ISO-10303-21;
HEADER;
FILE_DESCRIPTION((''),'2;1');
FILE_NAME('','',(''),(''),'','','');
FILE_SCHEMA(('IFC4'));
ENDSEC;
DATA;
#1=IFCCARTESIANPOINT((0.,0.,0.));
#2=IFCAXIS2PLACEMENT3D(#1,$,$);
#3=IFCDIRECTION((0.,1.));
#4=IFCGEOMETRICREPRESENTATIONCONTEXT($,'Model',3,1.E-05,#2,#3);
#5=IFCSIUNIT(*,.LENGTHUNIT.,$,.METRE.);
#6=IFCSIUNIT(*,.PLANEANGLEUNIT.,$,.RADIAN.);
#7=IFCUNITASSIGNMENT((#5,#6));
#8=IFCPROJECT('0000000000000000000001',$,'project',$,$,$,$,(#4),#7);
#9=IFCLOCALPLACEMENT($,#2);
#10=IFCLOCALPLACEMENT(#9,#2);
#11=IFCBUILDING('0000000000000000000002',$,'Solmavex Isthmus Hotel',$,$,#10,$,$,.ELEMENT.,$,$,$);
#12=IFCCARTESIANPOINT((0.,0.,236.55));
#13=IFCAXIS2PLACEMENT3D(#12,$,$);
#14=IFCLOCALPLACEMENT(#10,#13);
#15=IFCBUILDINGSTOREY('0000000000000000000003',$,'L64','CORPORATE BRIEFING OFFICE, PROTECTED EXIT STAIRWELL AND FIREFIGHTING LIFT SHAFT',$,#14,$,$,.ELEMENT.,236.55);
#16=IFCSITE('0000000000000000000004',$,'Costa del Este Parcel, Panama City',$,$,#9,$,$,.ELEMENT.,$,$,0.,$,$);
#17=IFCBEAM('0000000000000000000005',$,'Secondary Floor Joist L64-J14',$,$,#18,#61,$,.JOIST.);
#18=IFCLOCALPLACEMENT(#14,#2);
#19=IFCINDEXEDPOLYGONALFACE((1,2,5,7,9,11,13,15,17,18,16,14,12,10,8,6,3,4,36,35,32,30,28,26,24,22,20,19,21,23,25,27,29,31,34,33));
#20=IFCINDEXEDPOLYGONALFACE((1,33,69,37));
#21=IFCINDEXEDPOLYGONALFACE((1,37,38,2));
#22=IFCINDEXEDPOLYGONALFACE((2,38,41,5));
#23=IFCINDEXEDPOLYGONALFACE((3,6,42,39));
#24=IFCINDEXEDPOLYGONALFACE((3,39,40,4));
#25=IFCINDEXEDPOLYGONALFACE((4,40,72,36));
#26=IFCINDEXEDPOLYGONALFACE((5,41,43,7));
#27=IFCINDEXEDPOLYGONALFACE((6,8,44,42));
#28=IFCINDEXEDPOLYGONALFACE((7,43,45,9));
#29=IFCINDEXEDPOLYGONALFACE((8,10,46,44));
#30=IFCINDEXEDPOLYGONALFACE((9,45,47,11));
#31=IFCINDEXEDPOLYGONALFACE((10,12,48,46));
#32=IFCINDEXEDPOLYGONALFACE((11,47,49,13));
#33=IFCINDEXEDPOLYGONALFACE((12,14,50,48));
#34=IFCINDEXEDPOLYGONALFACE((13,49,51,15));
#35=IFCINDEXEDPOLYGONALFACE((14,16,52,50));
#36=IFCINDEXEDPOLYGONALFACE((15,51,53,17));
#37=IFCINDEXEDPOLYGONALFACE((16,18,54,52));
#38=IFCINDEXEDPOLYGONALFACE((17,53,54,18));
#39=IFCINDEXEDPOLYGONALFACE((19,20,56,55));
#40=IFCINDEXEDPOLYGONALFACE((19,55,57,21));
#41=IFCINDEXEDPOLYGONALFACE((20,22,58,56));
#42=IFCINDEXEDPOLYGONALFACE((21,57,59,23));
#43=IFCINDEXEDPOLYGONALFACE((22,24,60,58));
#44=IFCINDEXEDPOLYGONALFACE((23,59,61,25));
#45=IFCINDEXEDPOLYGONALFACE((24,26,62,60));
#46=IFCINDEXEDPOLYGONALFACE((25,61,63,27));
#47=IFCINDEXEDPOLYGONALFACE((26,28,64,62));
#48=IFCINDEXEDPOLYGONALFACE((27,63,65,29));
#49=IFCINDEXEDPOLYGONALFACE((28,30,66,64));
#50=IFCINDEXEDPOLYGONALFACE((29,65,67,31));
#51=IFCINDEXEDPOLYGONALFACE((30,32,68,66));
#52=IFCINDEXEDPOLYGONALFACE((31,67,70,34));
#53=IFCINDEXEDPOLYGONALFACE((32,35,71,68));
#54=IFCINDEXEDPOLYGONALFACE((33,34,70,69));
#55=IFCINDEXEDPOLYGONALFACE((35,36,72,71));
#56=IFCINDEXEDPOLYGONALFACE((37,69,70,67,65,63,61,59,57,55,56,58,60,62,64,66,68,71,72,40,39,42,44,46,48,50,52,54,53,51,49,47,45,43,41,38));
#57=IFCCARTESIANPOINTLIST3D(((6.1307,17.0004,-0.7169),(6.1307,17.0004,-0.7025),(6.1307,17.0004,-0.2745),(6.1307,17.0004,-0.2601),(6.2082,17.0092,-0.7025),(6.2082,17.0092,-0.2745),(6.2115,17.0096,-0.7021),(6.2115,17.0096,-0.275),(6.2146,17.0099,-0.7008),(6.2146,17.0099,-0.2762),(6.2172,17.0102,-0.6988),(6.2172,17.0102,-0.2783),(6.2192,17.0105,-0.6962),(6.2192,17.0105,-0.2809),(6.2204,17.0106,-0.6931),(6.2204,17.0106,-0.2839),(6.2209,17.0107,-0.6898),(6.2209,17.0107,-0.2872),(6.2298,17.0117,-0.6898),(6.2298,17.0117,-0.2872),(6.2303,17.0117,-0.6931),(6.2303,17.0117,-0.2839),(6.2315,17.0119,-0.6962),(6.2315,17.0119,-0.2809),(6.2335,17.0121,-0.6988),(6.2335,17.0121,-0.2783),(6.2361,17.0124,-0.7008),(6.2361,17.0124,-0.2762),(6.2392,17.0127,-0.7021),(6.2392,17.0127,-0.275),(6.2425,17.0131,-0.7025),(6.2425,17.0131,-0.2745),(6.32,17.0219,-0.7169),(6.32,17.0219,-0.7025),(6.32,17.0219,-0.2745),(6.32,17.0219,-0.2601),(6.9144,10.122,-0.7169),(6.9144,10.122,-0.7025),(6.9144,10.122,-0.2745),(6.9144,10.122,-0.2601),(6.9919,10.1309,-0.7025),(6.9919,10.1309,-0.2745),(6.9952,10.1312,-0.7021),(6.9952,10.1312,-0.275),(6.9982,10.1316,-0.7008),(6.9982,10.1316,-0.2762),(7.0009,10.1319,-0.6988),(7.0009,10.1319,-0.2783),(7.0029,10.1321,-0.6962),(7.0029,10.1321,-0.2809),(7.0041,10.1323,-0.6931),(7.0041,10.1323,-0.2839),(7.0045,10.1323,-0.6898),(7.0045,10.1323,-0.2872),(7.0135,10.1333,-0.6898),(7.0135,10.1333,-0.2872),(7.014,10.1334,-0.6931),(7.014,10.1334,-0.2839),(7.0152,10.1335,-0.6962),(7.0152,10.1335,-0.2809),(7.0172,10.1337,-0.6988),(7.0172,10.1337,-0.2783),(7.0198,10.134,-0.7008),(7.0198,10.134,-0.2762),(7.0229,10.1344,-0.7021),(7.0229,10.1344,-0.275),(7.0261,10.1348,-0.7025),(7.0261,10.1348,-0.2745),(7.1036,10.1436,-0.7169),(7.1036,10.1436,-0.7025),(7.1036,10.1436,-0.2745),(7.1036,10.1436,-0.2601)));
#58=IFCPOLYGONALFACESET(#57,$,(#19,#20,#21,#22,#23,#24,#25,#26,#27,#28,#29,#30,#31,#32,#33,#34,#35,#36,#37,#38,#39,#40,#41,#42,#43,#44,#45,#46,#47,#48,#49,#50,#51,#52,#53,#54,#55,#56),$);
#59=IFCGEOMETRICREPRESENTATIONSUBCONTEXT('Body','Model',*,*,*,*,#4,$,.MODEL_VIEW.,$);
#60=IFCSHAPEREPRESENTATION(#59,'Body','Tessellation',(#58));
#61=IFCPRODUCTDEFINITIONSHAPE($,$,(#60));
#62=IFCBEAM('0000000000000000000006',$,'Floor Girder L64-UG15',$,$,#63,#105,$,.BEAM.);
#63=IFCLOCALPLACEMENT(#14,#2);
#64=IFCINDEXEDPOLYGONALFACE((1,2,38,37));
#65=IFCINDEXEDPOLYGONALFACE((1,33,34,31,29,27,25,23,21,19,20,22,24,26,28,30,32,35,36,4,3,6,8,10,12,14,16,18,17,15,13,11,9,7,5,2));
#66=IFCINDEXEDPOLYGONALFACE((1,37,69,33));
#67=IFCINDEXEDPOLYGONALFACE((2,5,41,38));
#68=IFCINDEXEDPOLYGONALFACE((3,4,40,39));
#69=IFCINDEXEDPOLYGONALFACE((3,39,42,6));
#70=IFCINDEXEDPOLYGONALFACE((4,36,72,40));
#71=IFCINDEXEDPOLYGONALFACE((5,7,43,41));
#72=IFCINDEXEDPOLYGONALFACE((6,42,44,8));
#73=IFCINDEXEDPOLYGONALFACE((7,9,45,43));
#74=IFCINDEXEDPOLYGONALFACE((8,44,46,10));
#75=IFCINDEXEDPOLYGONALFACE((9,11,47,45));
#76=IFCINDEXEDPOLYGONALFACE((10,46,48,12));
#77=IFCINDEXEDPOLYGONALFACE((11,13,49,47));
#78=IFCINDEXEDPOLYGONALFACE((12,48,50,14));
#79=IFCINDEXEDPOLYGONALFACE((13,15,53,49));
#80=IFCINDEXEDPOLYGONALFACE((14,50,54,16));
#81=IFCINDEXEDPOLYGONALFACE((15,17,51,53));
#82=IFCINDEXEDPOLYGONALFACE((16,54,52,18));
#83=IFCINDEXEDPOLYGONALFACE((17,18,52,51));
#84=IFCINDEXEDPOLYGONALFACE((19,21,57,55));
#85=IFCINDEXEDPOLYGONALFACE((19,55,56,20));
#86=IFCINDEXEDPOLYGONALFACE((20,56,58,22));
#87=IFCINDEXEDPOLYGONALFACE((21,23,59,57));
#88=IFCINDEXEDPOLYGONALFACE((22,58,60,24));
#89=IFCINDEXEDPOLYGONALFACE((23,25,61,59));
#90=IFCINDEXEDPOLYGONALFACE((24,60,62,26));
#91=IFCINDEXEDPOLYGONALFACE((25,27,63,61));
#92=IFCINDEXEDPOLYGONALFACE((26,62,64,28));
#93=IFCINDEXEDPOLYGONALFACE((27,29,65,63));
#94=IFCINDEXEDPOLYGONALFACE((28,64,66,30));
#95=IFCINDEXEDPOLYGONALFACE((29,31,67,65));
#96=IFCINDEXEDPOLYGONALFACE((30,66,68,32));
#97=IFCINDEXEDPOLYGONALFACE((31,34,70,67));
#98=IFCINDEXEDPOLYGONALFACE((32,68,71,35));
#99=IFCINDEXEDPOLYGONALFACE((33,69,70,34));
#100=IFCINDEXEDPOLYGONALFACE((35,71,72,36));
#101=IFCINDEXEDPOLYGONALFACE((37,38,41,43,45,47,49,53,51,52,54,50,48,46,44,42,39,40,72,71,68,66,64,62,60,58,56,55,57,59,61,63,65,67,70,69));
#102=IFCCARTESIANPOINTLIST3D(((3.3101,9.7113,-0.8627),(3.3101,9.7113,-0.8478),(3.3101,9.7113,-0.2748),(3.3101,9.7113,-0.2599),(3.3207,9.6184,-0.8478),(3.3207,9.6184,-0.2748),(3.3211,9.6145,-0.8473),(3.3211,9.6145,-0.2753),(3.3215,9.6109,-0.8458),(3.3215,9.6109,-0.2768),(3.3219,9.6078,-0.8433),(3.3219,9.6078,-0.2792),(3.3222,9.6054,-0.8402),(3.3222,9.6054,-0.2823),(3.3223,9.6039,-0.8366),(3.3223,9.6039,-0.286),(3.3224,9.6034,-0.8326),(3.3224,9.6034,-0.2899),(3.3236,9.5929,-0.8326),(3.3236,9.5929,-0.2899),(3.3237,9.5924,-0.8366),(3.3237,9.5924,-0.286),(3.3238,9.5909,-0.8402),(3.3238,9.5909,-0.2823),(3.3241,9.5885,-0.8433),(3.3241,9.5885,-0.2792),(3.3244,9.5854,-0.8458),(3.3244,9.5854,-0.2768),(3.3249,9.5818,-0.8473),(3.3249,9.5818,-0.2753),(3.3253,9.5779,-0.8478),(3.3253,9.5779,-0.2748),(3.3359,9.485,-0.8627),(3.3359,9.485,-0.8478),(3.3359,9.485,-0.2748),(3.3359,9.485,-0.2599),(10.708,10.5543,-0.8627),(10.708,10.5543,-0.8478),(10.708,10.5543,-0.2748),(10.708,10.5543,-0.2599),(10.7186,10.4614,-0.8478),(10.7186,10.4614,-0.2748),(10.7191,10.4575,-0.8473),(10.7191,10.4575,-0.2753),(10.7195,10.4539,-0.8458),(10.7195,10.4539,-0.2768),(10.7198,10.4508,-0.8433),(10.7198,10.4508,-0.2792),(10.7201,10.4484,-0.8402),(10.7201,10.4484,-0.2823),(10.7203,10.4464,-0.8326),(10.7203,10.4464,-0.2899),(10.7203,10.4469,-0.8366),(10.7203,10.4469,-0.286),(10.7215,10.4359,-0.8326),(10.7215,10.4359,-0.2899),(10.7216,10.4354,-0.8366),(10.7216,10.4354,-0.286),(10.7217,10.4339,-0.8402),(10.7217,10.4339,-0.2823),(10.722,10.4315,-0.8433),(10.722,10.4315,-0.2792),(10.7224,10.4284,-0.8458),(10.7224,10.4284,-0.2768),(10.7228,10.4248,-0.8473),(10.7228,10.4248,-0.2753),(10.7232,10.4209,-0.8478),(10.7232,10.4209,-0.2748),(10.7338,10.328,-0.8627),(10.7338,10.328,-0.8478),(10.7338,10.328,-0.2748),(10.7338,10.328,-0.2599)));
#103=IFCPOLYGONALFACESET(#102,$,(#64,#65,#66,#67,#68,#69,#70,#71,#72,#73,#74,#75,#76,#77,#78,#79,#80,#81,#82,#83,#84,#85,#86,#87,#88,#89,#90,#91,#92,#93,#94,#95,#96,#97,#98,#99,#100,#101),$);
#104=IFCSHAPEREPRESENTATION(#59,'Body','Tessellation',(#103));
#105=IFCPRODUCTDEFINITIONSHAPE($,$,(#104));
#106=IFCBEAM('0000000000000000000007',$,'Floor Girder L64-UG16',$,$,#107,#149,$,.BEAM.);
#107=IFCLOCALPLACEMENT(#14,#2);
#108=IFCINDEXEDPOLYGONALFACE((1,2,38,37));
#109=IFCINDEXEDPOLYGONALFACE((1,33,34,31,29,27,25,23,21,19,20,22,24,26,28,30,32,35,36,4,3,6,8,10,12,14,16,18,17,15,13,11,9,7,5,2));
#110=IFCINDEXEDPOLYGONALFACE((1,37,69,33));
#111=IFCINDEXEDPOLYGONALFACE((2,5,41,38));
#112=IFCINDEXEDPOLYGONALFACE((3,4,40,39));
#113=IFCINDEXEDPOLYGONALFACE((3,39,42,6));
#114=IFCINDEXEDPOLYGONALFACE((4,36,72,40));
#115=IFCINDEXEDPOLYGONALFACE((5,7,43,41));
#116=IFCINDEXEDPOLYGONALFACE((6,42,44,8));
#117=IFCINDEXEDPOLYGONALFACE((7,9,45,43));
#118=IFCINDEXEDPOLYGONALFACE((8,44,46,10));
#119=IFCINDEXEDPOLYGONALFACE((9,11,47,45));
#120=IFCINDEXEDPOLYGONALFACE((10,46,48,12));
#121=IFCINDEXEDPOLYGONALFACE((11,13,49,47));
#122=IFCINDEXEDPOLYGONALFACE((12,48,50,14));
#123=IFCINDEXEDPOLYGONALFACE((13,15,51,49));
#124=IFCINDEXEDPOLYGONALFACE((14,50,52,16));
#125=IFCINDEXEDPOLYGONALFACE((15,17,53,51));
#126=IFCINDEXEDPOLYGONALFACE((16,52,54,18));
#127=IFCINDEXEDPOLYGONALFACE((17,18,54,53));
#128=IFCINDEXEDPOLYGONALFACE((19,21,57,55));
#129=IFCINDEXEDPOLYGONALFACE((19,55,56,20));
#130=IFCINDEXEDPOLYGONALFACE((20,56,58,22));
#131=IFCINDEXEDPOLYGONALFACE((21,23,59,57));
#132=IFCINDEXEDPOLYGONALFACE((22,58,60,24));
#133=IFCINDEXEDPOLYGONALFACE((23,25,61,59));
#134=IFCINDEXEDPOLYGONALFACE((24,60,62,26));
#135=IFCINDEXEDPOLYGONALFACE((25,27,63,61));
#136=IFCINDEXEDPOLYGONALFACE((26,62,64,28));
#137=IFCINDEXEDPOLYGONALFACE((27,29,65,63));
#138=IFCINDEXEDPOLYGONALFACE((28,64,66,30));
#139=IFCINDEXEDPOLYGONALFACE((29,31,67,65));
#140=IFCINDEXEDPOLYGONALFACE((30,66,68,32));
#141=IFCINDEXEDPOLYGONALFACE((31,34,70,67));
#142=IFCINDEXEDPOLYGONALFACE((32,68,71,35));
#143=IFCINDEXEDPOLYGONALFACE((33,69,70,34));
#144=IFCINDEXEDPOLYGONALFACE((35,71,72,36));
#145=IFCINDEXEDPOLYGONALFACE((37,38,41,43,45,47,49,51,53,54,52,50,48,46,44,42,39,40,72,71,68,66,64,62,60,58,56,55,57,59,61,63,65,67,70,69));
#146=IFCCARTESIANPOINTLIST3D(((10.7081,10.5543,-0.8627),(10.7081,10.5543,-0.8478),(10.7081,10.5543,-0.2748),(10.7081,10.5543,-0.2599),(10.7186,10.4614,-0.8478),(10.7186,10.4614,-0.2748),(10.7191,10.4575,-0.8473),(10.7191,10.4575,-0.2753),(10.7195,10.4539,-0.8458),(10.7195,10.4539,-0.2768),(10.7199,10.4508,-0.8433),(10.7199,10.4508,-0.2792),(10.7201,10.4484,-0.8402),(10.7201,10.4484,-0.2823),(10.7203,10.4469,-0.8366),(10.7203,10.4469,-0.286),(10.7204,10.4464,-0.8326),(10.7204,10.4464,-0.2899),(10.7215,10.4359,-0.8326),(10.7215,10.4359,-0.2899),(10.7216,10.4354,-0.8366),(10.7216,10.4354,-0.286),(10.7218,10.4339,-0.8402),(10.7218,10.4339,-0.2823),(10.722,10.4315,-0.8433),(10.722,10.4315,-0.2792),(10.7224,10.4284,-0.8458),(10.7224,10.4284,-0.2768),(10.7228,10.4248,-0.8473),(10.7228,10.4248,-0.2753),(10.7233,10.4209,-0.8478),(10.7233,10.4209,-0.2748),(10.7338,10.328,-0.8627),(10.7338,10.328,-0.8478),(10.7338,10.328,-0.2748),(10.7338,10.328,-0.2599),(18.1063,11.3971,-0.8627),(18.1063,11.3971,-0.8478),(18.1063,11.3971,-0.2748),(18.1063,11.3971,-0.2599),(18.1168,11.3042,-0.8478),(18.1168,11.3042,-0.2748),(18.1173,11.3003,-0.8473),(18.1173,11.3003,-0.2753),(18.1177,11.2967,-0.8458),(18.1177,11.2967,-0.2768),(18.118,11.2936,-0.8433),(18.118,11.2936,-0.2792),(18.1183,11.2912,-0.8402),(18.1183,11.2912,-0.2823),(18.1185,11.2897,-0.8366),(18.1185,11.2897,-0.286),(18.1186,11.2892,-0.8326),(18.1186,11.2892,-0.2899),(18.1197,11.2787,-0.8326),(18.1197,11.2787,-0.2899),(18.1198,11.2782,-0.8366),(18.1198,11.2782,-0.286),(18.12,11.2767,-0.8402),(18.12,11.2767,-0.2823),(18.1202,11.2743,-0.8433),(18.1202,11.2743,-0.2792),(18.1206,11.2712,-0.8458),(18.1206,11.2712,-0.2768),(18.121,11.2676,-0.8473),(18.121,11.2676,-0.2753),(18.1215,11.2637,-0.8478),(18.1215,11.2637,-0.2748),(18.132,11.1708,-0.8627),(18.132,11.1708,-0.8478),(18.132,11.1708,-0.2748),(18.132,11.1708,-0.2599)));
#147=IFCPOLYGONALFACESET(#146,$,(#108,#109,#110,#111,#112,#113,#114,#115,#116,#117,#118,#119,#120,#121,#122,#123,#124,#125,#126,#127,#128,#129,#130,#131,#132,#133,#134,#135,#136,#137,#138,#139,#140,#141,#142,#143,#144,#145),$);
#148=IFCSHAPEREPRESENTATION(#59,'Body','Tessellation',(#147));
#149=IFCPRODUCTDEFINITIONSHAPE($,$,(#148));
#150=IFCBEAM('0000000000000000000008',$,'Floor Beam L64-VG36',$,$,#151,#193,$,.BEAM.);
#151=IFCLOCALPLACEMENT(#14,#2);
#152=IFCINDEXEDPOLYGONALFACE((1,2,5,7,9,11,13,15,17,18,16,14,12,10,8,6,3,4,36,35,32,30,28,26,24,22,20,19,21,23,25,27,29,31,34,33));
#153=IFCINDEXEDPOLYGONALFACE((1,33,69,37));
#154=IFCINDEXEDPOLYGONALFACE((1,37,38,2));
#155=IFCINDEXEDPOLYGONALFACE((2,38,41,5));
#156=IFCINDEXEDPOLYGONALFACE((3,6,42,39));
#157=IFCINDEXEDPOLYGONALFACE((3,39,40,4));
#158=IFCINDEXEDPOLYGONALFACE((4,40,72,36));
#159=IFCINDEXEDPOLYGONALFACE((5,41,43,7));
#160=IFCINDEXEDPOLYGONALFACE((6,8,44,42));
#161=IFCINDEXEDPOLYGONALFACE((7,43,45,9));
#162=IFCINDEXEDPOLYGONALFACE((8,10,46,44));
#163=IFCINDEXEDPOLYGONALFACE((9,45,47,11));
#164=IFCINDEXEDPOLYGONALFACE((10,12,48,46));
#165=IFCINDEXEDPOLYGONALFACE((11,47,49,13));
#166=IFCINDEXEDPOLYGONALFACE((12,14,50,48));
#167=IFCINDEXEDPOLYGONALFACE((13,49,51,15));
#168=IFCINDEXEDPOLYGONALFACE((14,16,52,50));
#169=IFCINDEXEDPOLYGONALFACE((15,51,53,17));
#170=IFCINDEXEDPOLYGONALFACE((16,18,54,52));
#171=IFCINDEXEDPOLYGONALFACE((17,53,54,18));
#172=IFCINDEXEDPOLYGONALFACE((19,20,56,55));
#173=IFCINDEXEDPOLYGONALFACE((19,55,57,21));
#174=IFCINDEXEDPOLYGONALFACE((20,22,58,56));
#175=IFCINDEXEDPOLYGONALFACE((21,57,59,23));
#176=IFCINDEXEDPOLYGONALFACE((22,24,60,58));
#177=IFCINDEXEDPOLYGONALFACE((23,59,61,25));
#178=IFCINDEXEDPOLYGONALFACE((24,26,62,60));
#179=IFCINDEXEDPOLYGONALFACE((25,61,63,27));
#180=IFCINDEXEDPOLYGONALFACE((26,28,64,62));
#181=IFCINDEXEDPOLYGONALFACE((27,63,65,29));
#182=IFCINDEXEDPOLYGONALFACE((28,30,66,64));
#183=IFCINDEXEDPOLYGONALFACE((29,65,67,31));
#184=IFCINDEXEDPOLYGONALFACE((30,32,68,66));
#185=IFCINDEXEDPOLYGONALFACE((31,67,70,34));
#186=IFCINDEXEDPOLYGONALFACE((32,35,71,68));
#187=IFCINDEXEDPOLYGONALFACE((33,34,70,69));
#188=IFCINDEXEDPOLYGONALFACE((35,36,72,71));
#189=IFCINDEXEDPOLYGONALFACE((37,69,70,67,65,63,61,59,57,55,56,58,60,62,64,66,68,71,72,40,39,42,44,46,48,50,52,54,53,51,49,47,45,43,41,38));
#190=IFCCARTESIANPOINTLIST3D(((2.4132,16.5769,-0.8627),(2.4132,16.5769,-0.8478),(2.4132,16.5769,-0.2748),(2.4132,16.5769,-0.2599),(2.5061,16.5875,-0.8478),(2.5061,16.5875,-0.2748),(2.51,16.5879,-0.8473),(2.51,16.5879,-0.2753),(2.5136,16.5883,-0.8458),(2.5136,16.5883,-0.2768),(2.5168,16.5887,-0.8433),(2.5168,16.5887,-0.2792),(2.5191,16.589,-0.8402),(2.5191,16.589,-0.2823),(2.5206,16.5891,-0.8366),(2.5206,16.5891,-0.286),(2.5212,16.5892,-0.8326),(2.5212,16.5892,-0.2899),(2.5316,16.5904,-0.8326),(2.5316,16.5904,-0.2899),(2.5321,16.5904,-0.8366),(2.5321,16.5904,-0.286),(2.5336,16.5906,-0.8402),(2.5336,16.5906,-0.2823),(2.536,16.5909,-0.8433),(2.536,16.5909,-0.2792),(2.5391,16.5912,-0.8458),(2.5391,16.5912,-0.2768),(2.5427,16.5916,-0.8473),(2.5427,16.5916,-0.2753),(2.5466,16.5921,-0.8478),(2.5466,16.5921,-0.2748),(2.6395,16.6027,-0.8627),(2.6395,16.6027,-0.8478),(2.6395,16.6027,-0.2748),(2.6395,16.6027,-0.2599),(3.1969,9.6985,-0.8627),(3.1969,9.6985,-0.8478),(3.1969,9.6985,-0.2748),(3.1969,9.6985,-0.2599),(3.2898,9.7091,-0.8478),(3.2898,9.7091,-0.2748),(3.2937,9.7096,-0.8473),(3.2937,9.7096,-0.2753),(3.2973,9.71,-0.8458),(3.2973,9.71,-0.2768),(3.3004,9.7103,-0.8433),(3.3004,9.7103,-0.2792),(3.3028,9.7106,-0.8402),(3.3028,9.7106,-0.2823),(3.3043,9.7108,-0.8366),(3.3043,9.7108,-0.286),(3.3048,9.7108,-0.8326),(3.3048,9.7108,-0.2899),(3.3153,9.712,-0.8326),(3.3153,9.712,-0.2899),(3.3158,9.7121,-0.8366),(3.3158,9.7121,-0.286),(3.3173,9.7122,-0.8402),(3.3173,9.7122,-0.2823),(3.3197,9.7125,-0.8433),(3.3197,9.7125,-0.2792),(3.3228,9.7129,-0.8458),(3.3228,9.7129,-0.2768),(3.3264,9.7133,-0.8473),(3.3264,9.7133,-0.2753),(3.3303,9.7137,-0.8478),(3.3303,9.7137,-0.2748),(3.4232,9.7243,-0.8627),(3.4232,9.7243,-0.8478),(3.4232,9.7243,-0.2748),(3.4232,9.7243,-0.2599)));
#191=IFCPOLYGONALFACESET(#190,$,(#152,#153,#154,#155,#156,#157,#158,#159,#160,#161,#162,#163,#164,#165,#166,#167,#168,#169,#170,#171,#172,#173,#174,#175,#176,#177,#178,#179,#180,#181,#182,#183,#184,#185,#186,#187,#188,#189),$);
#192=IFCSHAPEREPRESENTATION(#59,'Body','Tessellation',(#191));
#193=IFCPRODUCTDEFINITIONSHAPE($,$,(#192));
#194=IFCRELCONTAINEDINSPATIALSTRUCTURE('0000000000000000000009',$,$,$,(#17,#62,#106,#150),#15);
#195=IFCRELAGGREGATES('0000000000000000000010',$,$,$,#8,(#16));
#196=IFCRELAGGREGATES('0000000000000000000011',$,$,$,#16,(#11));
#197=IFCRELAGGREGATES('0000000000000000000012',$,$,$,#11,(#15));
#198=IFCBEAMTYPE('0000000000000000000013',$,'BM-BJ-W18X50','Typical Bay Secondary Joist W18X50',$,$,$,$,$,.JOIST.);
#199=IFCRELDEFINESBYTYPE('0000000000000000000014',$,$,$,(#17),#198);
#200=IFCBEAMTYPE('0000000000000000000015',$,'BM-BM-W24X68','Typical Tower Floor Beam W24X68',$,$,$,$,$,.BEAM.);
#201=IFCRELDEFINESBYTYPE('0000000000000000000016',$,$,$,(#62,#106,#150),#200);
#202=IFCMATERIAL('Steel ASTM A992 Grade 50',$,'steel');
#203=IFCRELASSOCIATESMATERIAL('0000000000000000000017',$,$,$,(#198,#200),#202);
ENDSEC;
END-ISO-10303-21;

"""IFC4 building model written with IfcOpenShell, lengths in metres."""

from ifc_helpers import new_model, si_unit, direction, frame, origin, origin_2d, place, context, subcontext, project, spatial, i_section, extrude, material, material_profile, profile_set, type_object, element, save


model = new_model("IFC4")

# Units and contexts
model_context = context("Model", 3, precision=1e-05, world=origin(), true_north=direction((0.0, 1.0)))
body_context = subcontext(model_context, "Body", "Model", "MODEL_VIEW")
ifc_project = project(units=[si_unit("LENGTHUNIT", "METRE"), si_unit("PLANEANGLEUNIT", "RADIAN")], contexts=[model_context])

# Site, building, storey
site_placement = place(None, origin())
site = spatial("IfcSite", under=ifc_project, at=site_placement, Name="Costa del Este Parcel, Panama City", CompositionType="ELEMENT", RefElevation=0.0)
building_placement = place(site_placement, origin())
building = spatial("IfcBuilding", under=site, at=building_placement, Name="Solmavex Isthmus Hotel", CompositionType="ELEMENT")
storey_placement = place(building_placement, frame((0.0, 0.0, 236.55)))
storey = spatial("IfcBuildingStorey", under=building, at=storey_placement, Name="L64", Description="CORPORATE BRIEFING OFFICE, PROTECTED EXIT STAIRWELL AND FIREFIGHTING LIFT SHAFT", CompositionType="ELEMENT", Elevation=236.55)

# Beams
ifc_material_1 = material(Name="Steel ASTM A992 Grade 50", Category="steel")
ifc_material_profile_1 = material_profile(ifc_material_1, i_section(OverallWidth=0.1904, OverallDepth=0.4568, WebThickness=0.009, FlangeThickness=0.0144, FilletRadius=0.0127, at=origin_2d()), Name="W18X50")
ifc_profile_set_1 = profile_set([ifc_material_profile_1], Name="Steel ASTM A992 Grade 50")
beam_type_1 = type_object("IfcBeamType", Name="BM-BJ-W18X50", Description="Typical Bay Secondary Joist W18X50", PredefinedType="JOIST", material=ifc_profile_set_1)
beam_1_placement = place(storey_placement, frame((7.009, 10.1328, -0.4885), z_axis=(-0.113202, 0.993572, 0.0), x_axis=(-0.993572, -0.113202, 0.0)))
element("IfcBeam", 1, at=beam_1_placement, inside=storey, type_object=beam_type_1, Name="Secondary Floor Joist L64-J14", PredefinedType="JOIST", context=body_context, shape_type="SweptSolid", body=[
    extrude(i_section(OverallWidth=0.1904, OverallDepth=0.4568, WebThickness=0.009, FlangeThickness=0.0144, FilletRadius=0.0127, at=origin_2d()), origin(), (0.0, 0.0, 1.0), 6.9229),
])
ifc_material_profile_2 = material_profile(ifc_material_1, i_section(OverallWidth=0.2278, OverallDepth=0.6028, WebThickness=0.0105, FlangeThickness=0.0149, FilletRadius=0.0151, at=origin_2d()), Name="W24X68")
ifc_profile_set_2 = profile_set([ifc_material_profile_2], Name="Steel ASTM A992 Grade 50")
beam_type_2 = type_object("IfcBeamType", Name="BM-BM-W24X68", Description="Typical Tower Floor Beam W24X68", PredefinedType="BEAM", material=ifc_profile_set_2)
beam_2_placement = place(storey_placement, frame((3.323, 9.5981, -0.5613), z_axis=(0.99357, 0.11322, 0.0), x_axis=(-0.11322, 0.99357, 0.0)))
element("IfcBeam", 2, at=beam_2_placement, inside=storey, type_object=beam_type_2, Name="Floor Girder L64-UG15", PredefinedType="BEAM", context=body_context, shape_type="SweptSolid", body=[
    extrude(i_section(OverallWidth=0.2278, OverallDepth=0.6028, WebThickness=0.0105, FlangeThickness=0.0149, FilletRadius=0.0151, at=origin_2d()), origin(), (0.0, 0.0, 1.0), 7.4458),
])
beam_3_placement = place(storey_placement, frame((10.7209, 10.4412, -0.5613), z_axis=(0.993574, 0.113184, 0.0), x_axis=(-0.113184, 0.993574, 0.0)))
element("IfcBeam", 3, at=beam_3_placement, inside=storey, type_object=beam_type_2, Name="Floor Girder L64-UG16", PredefinedType="BEAM", context=body_context, shape_type="SweptSolid", body=[
    extrude(i_section(OverallWidth=0.2278, OverallDepth=0.6028, WebThickness=0.0105, FlangeThickness=0.0149, FilletRadius=0.0151, at=origin_2d()), origin(), (0.0, 0.0, 1.0), 7.446),
])
for number, where, z_axis, x_axis, name in (
    (4, (3.3101, 9.7114, -0.5613), (-0.113202, 0.993572, 0.0), (-0.993572, -0.113202, 0.0), "Floor Beam L64-VG36"),
):
    element("IfcBeam", number, at=place(storey_placement, frame(where, z_axis=z_axis, x_axis=x_axis)), inside=storey, type_object=beam_type_2, Name=name, PredefinedType="BEAM", context=body_context, shape_type="SweptSolid", body=[
        extrude(i_section(OverallWidth=0.2278, OverallDepth=0.6028, WebThickness=0.0105, FlangeThickness=0.0149, FilletRadius=0.0151, at=origin_2d()), origin(), (0.0, 0.0, 1.0), 6.9229),
    ])

save(model, "model.ifc")
